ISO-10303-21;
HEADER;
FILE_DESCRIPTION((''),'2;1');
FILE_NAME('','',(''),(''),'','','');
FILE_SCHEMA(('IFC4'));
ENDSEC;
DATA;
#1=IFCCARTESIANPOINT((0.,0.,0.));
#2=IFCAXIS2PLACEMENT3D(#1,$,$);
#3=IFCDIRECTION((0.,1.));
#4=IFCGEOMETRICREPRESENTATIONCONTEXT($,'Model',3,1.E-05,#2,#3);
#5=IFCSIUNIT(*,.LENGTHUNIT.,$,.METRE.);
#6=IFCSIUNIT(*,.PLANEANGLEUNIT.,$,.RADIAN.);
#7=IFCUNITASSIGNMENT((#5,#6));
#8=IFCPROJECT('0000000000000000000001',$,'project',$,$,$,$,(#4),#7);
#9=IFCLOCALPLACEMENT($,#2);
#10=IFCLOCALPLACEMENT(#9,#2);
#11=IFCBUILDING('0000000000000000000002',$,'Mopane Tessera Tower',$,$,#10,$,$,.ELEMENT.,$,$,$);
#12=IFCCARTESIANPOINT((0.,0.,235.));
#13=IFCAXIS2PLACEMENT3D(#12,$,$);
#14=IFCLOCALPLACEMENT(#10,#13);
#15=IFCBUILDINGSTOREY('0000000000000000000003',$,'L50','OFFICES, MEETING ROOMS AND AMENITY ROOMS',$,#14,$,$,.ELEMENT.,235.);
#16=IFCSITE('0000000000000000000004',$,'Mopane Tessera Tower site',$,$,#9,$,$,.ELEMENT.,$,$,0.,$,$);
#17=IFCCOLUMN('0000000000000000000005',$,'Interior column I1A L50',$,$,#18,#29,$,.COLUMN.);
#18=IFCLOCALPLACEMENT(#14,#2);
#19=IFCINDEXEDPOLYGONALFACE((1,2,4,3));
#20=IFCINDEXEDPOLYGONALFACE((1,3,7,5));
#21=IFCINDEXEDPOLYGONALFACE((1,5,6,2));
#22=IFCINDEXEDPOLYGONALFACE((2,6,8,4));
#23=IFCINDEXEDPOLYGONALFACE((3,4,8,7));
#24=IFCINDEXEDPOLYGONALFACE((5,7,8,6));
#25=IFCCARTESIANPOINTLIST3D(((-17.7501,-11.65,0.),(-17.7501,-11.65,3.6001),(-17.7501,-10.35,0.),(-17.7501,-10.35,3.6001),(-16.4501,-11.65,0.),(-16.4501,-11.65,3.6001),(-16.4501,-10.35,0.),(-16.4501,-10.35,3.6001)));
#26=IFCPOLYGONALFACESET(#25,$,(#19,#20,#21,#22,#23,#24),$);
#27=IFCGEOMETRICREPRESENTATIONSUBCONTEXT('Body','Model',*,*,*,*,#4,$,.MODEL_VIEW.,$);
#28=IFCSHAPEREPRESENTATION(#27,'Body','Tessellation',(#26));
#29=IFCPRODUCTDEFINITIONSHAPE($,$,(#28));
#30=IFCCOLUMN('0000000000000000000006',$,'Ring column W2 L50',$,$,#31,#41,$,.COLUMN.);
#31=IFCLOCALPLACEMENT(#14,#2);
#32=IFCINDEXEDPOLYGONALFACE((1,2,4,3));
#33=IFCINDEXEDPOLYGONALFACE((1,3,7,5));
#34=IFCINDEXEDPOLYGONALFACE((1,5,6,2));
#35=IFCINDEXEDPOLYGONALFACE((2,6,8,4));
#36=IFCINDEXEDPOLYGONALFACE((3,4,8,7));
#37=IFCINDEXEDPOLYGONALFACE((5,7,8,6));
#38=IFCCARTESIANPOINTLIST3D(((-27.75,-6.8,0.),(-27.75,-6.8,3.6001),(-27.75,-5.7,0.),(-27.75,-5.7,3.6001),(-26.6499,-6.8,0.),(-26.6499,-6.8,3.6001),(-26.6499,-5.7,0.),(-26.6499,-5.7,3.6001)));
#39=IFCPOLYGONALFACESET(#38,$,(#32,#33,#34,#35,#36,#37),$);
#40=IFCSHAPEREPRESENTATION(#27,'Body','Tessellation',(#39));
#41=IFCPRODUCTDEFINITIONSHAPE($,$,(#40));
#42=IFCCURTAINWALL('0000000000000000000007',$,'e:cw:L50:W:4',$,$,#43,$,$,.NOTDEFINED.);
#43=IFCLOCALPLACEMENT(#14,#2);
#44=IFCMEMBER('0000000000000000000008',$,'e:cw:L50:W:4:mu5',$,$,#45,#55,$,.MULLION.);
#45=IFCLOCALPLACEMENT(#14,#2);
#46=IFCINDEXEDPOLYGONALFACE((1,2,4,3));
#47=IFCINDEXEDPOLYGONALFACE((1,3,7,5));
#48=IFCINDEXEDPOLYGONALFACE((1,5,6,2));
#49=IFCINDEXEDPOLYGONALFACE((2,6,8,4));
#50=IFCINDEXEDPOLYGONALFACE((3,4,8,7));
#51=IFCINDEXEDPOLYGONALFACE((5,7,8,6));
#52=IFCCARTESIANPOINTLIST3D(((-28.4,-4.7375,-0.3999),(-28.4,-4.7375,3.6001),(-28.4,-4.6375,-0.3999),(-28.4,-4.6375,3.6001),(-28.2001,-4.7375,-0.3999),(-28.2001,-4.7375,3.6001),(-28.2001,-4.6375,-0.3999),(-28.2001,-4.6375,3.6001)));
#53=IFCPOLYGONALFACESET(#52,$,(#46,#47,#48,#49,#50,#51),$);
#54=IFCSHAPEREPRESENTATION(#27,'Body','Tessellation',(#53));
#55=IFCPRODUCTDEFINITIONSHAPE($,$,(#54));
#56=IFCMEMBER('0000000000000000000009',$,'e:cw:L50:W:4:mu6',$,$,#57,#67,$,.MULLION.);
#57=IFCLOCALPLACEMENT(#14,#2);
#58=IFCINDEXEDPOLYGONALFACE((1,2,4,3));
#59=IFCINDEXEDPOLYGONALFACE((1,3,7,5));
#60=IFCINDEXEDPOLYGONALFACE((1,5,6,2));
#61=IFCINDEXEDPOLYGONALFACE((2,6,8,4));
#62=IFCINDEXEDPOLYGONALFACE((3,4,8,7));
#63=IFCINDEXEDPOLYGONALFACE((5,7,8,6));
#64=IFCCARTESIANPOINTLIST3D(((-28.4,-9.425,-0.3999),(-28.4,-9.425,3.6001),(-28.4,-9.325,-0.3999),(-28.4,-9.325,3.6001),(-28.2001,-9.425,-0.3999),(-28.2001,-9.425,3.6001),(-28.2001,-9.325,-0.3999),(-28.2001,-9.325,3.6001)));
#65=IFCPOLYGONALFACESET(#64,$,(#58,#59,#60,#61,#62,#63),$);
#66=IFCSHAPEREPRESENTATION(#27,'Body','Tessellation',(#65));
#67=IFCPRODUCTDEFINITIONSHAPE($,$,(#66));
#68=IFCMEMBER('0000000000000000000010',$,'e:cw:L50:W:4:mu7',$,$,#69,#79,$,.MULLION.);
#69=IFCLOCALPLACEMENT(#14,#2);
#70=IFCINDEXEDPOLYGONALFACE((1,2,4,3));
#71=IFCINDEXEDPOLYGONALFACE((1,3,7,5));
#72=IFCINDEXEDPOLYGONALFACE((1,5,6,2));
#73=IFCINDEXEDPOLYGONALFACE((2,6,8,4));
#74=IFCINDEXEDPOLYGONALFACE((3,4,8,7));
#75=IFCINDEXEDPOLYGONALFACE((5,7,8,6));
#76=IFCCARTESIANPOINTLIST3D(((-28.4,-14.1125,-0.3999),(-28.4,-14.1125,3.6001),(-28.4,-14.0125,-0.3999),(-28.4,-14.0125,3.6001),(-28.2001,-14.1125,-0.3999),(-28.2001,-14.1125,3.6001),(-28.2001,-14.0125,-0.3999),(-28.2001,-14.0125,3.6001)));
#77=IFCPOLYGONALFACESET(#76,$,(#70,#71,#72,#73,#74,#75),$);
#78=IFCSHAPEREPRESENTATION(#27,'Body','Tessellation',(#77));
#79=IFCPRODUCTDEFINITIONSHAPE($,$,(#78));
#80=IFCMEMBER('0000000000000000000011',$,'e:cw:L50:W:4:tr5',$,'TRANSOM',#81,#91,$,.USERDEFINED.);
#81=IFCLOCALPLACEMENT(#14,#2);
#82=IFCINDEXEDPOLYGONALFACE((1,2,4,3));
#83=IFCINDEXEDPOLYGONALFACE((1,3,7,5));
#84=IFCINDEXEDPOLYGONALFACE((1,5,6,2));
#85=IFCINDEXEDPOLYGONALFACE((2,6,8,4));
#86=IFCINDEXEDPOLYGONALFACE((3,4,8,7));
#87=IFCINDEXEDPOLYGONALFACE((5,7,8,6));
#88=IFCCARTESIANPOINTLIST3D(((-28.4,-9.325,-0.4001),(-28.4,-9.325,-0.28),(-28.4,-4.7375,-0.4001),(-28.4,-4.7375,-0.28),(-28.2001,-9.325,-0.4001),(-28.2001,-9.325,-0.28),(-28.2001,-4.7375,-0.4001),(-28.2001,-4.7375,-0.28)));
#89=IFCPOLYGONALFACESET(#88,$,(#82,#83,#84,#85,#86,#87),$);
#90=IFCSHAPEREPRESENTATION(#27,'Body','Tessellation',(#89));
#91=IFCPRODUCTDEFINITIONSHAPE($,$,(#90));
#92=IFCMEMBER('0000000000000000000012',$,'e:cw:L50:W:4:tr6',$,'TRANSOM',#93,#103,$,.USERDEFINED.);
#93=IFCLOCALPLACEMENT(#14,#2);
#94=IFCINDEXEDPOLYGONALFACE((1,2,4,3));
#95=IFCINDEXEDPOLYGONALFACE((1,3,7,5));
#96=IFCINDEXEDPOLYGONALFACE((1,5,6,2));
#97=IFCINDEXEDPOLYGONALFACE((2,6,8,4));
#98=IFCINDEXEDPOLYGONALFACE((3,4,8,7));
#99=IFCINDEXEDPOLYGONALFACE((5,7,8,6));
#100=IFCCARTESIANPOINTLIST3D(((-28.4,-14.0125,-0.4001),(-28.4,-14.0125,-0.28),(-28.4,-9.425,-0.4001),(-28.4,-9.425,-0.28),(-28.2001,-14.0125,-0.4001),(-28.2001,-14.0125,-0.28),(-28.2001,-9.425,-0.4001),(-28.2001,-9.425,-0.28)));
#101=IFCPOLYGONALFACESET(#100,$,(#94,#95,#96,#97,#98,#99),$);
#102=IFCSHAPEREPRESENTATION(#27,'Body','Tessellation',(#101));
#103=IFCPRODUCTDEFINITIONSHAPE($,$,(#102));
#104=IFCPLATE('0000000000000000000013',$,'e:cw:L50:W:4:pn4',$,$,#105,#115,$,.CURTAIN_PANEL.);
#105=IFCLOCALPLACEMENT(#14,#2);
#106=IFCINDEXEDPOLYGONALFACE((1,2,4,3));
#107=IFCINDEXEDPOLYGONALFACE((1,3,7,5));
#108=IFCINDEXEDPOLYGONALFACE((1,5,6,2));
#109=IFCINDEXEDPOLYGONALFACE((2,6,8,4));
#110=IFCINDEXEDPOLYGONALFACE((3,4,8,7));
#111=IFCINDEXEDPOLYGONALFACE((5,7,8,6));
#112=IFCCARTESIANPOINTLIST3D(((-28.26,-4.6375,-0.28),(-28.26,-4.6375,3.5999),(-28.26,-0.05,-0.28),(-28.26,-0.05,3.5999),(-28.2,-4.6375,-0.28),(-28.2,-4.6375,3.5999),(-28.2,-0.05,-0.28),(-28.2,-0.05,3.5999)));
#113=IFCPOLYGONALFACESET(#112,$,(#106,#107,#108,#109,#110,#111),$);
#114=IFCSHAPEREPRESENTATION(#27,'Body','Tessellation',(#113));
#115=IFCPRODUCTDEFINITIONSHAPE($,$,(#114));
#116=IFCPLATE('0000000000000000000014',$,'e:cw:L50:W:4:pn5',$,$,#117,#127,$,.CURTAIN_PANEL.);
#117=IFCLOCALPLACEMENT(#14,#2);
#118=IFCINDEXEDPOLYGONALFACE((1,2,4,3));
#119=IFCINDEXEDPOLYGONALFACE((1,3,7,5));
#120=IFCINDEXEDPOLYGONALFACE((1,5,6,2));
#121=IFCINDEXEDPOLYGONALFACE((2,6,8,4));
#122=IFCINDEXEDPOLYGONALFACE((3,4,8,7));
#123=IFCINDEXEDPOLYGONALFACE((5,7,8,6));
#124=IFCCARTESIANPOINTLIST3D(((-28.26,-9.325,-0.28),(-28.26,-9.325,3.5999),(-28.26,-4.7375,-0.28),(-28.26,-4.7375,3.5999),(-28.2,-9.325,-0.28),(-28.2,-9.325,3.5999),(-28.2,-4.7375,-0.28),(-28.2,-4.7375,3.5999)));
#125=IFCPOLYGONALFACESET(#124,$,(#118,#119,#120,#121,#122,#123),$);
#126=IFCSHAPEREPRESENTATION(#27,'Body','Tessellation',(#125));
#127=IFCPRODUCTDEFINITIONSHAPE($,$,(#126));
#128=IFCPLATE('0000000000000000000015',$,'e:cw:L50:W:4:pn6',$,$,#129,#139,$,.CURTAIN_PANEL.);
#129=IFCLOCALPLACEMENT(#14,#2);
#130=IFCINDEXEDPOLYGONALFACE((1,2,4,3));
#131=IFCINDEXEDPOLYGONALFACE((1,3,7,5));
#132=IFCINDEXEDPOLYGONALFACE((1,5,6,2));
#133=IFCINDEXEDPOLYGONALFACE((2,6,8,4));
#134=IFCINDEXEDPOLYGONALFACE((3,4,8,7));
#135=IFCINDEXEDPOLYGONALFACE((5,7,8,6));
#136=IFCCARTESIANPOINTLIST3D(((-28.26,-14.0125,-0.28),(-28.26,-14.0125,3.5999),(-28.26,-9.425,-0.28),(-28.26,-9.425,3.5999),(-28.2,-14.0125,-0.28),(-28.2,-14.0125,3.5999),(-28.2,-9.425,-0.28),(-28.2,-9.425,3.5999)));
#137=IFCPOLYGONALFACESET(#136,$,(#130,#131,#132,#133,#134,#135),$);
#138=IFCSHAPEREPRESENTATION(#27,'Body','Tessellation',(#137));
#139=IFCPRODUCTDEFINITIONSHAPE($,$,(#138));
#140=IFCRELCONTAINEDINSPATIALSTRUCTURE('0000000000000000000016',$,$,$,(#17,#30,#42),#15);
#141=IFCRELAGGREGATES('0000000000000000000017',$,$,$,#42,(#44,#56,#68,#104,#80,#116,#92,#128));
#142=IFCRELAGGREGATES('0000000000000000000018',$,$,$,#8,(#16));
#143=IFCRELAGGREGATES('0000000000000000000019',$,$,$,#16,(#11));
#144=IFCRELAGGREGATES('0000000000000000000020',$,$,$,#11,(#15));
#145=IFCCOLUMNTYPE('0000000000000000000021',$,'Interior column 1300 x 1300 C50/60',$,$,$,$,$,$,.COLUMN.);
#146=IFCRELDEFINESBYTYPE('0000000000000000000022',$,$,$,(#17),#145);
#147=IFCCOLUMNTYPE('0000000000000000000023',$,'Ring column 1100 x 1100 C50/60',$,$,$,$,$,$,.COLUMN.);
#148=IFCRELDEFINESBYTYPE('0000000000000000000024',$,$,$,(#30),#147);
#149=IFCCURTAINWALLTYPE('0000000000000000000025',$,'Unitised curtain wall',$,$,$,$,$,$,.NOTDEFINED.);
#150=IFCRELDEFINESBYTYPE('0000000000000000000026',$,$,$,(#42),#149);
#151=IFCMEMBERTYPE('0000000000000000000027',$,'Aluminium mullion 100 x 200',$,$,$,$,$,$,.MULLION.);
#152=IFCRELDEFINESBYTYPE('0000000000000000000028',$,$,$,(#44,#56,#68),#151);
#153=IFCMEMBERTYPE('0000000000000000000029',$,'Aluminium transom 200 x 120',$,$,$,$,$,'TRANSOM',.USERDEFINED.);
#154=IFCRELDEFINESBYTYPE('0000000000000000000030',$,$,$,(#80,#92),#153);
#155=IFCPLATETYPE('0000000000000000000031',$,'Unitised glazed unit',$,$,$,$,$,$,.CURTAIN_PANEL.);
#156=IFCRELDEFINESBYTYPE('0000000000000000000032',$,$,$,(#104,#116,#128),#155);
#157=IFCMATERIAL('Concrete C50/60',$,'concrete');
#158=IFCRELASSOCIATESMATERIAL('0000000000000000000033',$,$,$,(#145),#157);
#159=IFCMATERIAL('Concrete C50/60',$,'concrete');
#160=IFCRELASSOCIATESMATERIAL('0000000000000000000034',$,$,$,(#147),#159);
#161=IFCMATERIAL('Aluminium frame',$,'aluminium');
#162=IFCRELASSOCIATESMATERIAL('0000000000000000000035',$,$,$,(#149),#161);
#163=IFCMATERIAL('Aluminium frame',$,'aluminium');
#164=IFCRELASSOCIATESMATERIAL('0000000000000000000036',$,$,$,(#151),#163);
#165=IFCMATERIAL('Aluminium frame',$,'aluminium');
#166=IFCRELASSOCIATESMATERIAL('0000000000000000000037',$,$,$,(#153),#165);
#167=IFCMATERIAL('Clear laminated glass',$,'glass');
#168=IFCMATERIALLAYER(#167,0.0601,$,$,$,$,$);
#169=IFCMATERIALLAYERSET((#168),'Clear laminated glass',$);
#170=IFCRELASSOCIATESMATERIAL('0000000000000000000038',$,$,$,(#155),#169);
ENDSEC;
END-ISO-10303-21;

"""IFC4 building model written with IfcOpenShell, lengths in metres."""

from ifc_helpers import new_model, si_unit, direction, frame, origin, origin_2d, place, context, subcontext, project, spatial, rectangle, extrude, material, layer, layer_set, material_profile, profile_set, type_object, element, aggregate, save


model = new_model("IFC4")

# Units and contexts
model_context = context("Model", 3, precision=1e-05, world=origin(), true_north=direction((0.0, 1.0)))
body_context = subcontext(model_context, "Body", "Model", "MODEL_VIEW")
ifc_project = project(units=[si_unit("LENGTHUNIT", "METRE"), si_unit("PLANEANGLEUNIT", "RADIAN")], contexts=[model_context])

# Site, building, storey
site_placement = place(None, origin())
site = spatial("IfcSite", under=ifc_project, at=site_placement, Name="Mopane Tessera Tower site", CompositionType="ELEMENT", RefElevation=0.0)
building_placement = place(site_placement, origin())
building = spatial("IfcBuilding", under=site, at=building_placement, Name="Mopane Tessera Tower", CompositionType="ELEMENT")
storey_placement = place(building_placement, frame((0.0, 0.0, 235.0)))
storey = spatial("IfcBuildingStorey", under=building, at=storey_placement, Name="L50", Description="OFFICES, MEETING ROOMS AND AMENITY ROOMS", CompositionType="ELEMENT", Elevation=235.0)

# Columns
ifc_material_1 = material(Name="Concrete C50/60", Category="concrete")
ifc_material_profile_1 = material_profile(ifc_material_1, rectangle(XDim=1.3, YDim=1.3, at=origin_2d()))
ifc_profile_set_1 = profile_set([ifc_material_profile_1], Name="Concrete C50/60")
column_type_1 = type_object("IfcColumnType", Name="Interior column 1300 x 1300 C50/60", PredefinedType="COLUMN", material=ifc_profile_set_1)
column_1_placement = place(storey_placement, frame((-17.1001, -11.0, 0.0), z_axis=(0.0, 0.0, 1.0), x_axis=(1.0, 0.0, 0.0)))
element("IfcColumn", 1, at=column_1_placement, inside=storey, type_object=column_type_1, Name="Interior column I1A L50", PredefinedType="COLUMN", context=body_context, shape_type="SweptSolid", body=[
    extrude(rectangle(XDim=1.3, YDim=1.3, at=origin_2d()), origin(), (0.0, 0.0, 1.0), 3.6001),
])
ifc_material_2 = material(Name="Concrete C50/60", Category="concrete")
ifc_material_profile_2 = material_profile(ifc_material_2, rectangle(XDim=1.1001, YDim=1.1001, at=origin_2d()))
ifc_profile_set_2 = profile_set([ifc_material_profile_2], Name="Concrete C50/60")
column_type_2 = type_object("IfcColumnType", Name="Ring column 1100 x 1100 C50/60", PredefinedType="COLUMN", material=ifc_profile_set_2)
column_2_placement = place(storey_placement, frame((-27.2, -6.25, 0.0), z_axis=(0.0, 0.0, 1.0), x_axis=(1.0, 0.0, 0.0)))
element("IfcColumn", 2, at=column_2_placement, inside=storey, type_object=column_type_2, Name="Ring column W2 L50", PredefinedType="COLUMN", context=body_context, shape_type="SweptSolid", body=[
    extrude(rectangle(XDim=1.1001, YDim=1.1001, at=origin_2d()), origin(), (0.0, 0.0, 1.0), 3.6001),
])

# Curtain wall, members, plates
ifc_material_3 = material(Name="Aluminium frame", Category="aluminium")
curtain_wall_type = type_object("IfcCurtainWallType", Name="Unitised curtain wall", PredefinedType="NOTDEFINED", material=ifc_material_3)
curtain_wall_placement = place(storey_placement, origin())
curtain_wall = element("IfcCurtainWall", 3, at=curtain_wall_placement, inside=storey, type_object=curtain_wall_type, Name="e:cw:L50:W:4", PredefinedType="NOTDEFINED")
ifc_material_4 = material(Name="Aluminium frame", Category="aluminium")
ifc_material_profile_3 = material_profile(ifc_material_4, rectangle(XDim=0.1001, YDim=0.2, at=origin_2d()))
ifc_profile_set_3 = profile_set([ifc_material_profile_3], Name="Aluminium frame")
member_type_1 = type_object("IfcMemberType", Name="Aluminium mullion 100 x 200", PredefinedType="MULLION", material=ifc_profile_set_3)
member_1_placement = place(storey_placement, frame((-28.3, -4.6875, -0.3999), z_axis=(0.0, 0.0, 1.0), x_axis=(0.0, -1.0, 0.0)))
member_1 = element("IfcMember", 4, at=member_1_placement, type_object=member_type_1, Name="e:cw:L50:W:4:mu5", PredefinedType="MULLION", context=body_context, shape_type="SweptSolid", body=[
    extrude(rectangle(XDim=0.1001, YDim=0.2, at=origin_2d()), origin(), (0.0, 0.0, 1.0), 4.0),
])
member_2_placement = place(storey_placement, frame((-28.3, -9.375, -0.3999), z_axis=(0.0, 0.0, 1.0), x_axis=(0.0, -1.0, 0.0)))
member_2 = element("IfcMember", 5, at=member_2_placement, type_object=member_type_1, Name="e:cw:L50:W:4:mu6", PredefinedType="MULLION", context=body_context, shape_type="SweptSolid", body=[
    extrude(rectangle(XDim=0.1001, YDim=0.2, at=origin_2d()), origin(), (0.0, 0.0, 1.0), 4.0),
])
member_3_placement = place(storey_placement, frame((-28.3, -14.0625, -0.3999), z_axis=(0.0, 0.0, 1.0), x_axis=(0.0, -1.0, 0.0)))
member_3 = element("IfcMember", 6, at=member_3_placement, type_object=member_type_1, Name="e:cw:L50:W:4:mu7", PredefinedType="MULLION", context=body_context, shape_type="SweptSolid", body=[
    extrude(rectangle(XDim=0.1001, YDim=0.2, at=origin_2d()), origin(), (0.0, 0.0, 1.0), 4.0),
])
ifc_material_5 = material(Name="Aluminium frame", Category="aluminium")
ifc_material_profile_4 = material_profile(ifc_material_5, rectangle(XDim=0.2, YDim=0.1201, at=origin_2d()))
ifc_profile_set_4 = profile_set([ifc_material_profile_4], Name="Aluminium frame")
member_type_2 = type_object("IfcMemberType", Name="Aluminium transom 200 x 120", ElementType="TRANSOM", PredefinedType="USERDEFINED", material=ifc_profile_set_4)
member_4_placement = place(storey_placement, frame((-28.3, -4.7375, -0.3401), z_axis=(0.0, -1.0, 0.0), x_axis=(1.0, 0.0, 0.0)))
member_4 = element("IfcMember", 7, at=member_4_placement, type_object=member_type_2, Name="e:cw:L50:W:4:tr5", ObjectType="TRANSOM", PredefinedType="USERDEFINED", context=body_context, shape_type="SweptSolid", body=[
    extrude(rectangle(XDim=0.2, YDim=0.1201, at=origin_2d()), origin(), (0.0, 0.0, 1.0), 4.5874),
])
member_5_placement = place(storey_placement, frame((-28.3, -9.425, -0.3401), z_axis=(0.0, -1.0, 0.0), x_axis=(1.0, 0.0, 0.0)))
member_5 = element("IfcMember", 8, at=member_5_placement, type_object=member_type_2, Name="e:cw:L50:W:4:tr6", ObjectType="TRANSOM", PredefinedType="USERDEFINED", context=body_context, shape_type="SweptSolid", body=[
    extrude(rectangle(XDim=0.2, YDim=0.1201, at=origin_2d()), origin(), (0.0, 0.0, 1.0), 4.5874),
])
ifc_material_6 = material(Name="Clear laminated glass", Category="glass")
ifc_layer_1 = layer(ifc_material_6, 0.0601)
ifc_layer_set_1 = layer_set([ifc_layer_1], Name="Clear laminated glass")
plate_type = type_object("IfcPlateType", Name="Unitised glazed unit", PredefinedType="CURTAIN_PANEL", material=ifc_layer_set_1)
plate_1_placement = place(storey_placement, frame((-28.23, -2.3438, -0.28), z_axis=(0.0, 0.0, 1.0), x_axis=(0.0, -1.0, 0.0)))
plate_1 = element("IfcPlate", 9, at=plate_1_placement, type_object=plate_type, Name="e:cw:L50:W:4:pn4", PredefinedType="CURTAIN_PANEL", context=body_context, shape_type="SweptSolid", body=[
    extrude(rectangle(XDim=4.5874, YDim=0.0601, at=origin_2d()), origin(), (0.0, 0.0, 1.0), 3.8799),
])
plate_2_placement = place(storey_placement, frame((-28.23, -7.0312, -0.28), z_axis=(0.0, 0.0, 1.0), x_axis=(0.0, -1.0, 0.0)))
plate_2 = element("IfcPlate", 10, at=plate_2_placement, type_object=plate_type, Name="e:cw:L50:W:4:pn5", PredefinedType="CURTAIN_PANEL", context=body_context, shape_type="SweptSolid", body=[
    extrude(rectangle(XDim=4.5874, YDim=0.0601, at=origin_2d()), origin(), (0.0, 0.0, 1.0), 3.8799),
])
plate_3_placement = place(storey_placement, frame((-28.23, -11.7188, -0.28), z_axis=(0.0, 0.0, 1.0), x_axis=(0.0, -1.0, 0.0)))
plate_3 = element("IfcPlate", 11, at=plate_3_placement, type_object=plate_type, Name="e:cw:L50:W:4:pn6", PredefinedType="CURTAIN_PANEL", context=body_context, shape_type="SweptSolid", body=[
    extrude(rectangle(XDim=4.5874, YDim=0.0601, at=origin_2d()), origin(), (0.0, 0.0, 1.0), 3.8799),
])
aggregate(curtain_wall, [member_1, member_2, member_3, plate_1, member_4, plate_2, member_5, plate_3])

save(model, "model.ifc")
